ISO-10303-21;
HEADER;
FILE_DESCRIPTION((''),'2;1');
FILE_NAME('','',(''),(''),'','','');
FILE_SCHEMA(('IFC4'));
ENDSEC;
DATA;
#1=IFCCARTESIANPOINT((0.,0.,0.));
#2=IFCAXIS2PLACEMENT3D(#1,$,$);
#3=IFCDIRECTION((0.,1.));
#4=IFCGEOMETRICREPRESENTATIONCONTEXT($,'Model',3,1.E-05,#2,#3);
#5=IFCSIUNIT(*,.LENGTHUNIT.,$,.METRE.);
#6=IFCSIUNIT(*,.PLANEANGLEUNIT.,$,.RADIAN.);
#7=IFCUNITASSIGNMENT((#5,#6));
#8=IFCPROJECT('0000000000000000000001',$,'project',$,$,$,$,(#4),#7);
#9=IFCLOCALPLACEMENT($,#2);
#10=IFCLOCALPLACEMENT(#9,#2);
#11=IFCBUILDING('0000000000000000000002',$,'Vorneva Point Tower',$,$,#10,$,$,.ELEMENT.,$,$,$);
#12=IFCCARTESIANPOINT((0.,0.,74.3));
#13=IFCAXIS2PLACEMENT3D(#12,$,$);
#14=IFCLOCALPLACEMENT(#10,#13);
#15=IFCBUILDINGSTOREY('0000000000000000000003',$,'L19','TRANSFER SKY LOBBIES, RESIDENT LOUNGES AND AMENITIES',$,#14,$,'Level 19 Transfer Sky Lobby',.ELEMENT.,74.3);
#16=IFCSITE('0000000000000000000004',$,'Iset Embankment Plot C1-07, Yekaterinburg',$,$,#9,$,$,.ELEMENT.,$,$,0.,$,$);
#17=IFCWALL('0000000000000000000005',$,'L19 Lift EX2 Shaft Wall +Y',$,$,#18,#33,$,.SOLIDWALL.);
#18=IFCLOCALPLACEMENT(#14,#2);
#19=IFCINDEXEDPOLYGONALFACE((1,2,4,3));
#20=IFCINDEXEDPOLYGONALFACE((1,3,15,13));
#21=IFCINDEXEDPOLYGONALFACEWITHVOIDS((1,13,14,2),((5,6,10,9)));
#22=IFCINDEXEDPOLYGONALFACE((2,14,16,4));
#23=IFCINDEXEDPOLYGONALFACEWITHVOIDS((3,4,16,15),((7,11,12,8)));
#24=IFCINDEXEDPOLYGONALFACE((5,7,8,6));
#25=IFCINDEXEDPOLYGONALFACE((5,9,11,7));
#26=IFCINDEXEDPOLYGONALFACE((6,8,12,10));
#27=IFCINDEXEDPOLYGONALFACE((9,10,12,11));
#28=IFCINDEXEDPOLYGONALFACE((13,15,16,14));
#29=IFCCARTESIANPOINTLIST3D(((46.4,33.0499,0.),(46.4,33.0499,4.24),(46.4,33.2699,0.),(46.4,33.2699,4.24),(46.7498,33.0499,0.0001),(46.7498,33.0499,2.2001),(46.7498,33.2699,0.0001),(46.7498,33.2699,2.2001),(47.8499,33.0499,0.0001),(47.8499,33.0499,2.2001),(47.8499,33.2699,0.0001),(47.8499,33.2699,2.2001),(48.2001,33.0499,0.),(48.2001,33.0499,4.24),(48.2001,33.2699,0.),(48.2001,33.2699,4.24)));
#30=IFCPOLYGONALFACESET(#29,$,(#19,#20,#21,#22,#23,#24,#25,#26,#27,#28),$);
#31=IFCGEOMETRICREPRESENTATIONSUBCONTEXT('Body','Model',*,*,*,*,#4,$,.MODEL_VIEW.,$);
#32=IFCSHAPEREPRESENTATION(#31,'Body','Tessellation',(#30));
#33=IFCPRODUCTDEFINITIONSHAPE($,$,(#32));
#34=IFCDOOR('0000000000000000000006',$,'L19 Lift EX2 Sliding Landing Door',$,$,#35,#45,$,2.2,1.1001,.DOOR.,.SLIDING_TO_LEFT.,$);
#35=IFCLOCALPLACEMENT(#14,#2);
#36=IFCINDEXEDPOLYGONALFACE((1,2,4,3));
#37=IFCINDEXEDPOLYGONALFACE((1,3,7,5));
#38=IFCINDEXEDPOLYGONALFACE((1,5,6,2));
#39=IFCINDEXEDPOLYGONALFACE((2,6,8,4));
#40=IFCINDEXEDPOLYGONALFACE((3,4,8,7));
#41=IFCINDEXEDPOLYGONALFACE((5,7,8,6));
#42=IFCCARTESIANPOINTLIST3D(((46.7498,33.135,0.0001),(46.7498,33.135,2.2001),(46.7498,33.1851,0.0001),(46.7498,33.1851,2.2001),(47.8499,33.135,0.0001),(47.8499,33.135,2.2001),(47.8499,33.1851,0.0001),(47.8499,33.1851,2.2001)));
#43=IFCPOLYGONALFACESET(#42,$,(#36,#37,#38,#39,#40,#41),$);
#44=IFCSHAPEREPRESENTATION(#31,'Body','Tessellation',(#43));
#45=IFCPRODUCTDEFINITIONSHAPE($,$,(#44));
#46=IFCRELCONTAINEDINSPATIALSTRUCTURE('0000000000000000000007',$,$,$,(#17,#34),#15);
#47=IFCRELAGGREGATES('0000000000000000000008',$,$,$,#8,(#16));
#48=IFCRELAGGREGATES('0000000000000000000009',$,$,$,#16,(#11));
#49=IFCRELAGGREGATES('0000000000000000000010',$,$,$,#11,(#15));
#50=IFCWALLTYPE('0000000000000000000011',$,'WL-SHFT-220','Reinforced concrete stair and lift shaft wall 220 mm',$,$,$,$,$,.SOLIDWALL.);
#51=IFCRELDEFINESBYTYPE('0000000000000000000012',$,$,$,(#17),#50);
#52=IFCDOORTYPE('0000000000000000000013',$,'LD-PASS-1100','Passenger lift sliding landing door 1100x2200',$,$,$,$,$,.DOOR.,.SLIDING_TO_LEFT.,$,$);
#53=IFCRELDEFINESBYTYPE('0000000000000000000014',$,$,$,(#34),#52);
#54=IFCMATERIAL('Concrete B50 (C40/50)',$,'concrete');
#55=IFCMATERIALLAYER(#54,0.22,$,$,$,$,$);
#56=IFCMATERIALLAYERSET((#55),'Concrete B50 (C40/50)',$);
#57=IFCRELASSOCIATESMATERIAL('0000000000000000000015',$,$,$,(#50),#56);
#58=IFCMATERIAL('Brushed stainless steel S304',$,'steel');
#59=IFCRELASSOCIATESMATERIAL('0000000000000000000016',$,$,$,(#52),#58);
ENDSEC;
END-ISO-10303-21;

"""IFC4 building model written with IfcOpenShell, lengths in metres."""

from ifc_helpers import new_model, si_unit, direction, frame, frame_2d, origin, place, context, subcontext, project, spatial, rectangle, extrude, material, layer, layer_set, type_object, element, fill, save


model = new_model("IFC4")

# Units and contexts
model_context = context("Model", 3, precision=1e-05, world=origin(), true_north=direction((0.0, 1.0)))
body_context = subcontext(model_context, "Body", "Model", "MODEL_VIEW")
ifc_project = project(units=[si_unit("LENGTHUNIT", "METRE"), si_unit("PLANEANGLEUNIT", "RADIAN")], contexts=[model_context])

# Site, building, storey
site_placement = place(None, origin())
site = spatial("IfcSite", under=ifc_project, at=site_placement, Name="Iset Embankment Plot C1-07, Yekaterinburg", CompositionType="ELEMENT", RefElevation=0.0)
building_placement = place(site_placement, origin())
building = spatial("IfcBuilding", under=site, at=building_placement, Name="Vorneva Point Tower", CompositionType="ELEMENT")
storey_placement = place(building_placement, frame((0.0, 0.0, 74.3)))
storey = spatial("IfcBuildingStorey", under=building, at=storey_placement, Name="L19", Description="TRANSFER SKY LOBBIES, RESIDENT LOUNGES AND AMENITIES", LongName="Level 19 Transfer Sky Lobby", CompositionType="ELEMENT", Elevation=74.3)

# Wall, opening, door
ifc_material_1 = material(Name="Concrete B50 (C40/50)", Category="concrete")
ifc_layer_1 = layer(ifc_material_1, 0.22)
ifc_layer_set_1 = layer_set([ifc_layer_1], Name="Concrete B50 (C40/50)")
wall_type_1 = type_object("IfcWallType", Name="WL-SHFT-220", Description="Reinforced concrete stair and lift shaft wall 220 mm", PredefinedType="SOLIDWALL", material=ifc_layer_set_1)
wall_1_placement = place(storey_placement, frame((48.2, 33.1599, 0.0), z_axis=(0.0, 0.0, 1.0), x_axis=(-1.0, 0.0, 0.0)))
wall_1 = element("IfcWall", 1, at=wall_1_placement, inside=storey, type_object=wall_type_1, Name="L19 Lift EX2 Shaft Wall +Y", PredefinedType="SOLIDWALL", context=body_context, shape_type="SweptSolid", body=[
    extrude(rectangle(XDim=1.8, YDim=0.22, at=frame_2d((0.8999, 0.0))), origin(), (0.0, 0.0, 1.0), 4.24),
])
opening_1_placement = place(wall_1_placement, frame((0.3501, 0.0, 0.0)))
opening_1 = element("IfcOpeningElement", 2, at=opening_1_placement, cuts=wall_1, PredefinedType="OPENING", context=body_context, shape_type="SweptSolid", body=[
    extrude(rectangle(XDim=1.1001, YDim=2.2, at=frame_2d((0.55, 1.1001))), frame((0.0, 0.125, 0.0), z_axis=(0.0, -1.0, 0.0), x_axis=(1.0, 0.0, 0.0)), (0.0, 0.0, 1.0), 0.2498),
])
ifc_material_2 = material(Name="Brushed stainless steel S304", Category="steel")
door_type = type_object("IfcDoorType", Name="LD-PASS-1100", Description="Passenger lift sliding landing door 1100x2200", OperationType="SLIDING_TO_LEFT", PredefinedType="DOOR", material=ifc_material_2)
door_placement = place(opening_1_placement, origin())
door = element("IfcDoor", 3, at=door_placement, inside=storey, type_object=door_type, Name="L19 Lift EX2 Sliding Landing Door", OperationType="SLIDING_TO_LEFT", OverallHeight=2.2, OverallWidth=1.1001, PredefinedType="DOOR", context=body_context, shape_type="SweptSolid", body=[
    extrude(rectangle(XDim=1.1001, YDim=2.2, at=frame_2d((0.55, 1.1001))), frame((0.0, 0.0249, 0.0), z_axis=(0.0, -1.0, 0.0), x_axis=(1.0, 0.0, 0.0)), (0.0, 0.0, 1.0), 0.05),
])
fill(opening_1, door)

save(model, "model.ifc")
